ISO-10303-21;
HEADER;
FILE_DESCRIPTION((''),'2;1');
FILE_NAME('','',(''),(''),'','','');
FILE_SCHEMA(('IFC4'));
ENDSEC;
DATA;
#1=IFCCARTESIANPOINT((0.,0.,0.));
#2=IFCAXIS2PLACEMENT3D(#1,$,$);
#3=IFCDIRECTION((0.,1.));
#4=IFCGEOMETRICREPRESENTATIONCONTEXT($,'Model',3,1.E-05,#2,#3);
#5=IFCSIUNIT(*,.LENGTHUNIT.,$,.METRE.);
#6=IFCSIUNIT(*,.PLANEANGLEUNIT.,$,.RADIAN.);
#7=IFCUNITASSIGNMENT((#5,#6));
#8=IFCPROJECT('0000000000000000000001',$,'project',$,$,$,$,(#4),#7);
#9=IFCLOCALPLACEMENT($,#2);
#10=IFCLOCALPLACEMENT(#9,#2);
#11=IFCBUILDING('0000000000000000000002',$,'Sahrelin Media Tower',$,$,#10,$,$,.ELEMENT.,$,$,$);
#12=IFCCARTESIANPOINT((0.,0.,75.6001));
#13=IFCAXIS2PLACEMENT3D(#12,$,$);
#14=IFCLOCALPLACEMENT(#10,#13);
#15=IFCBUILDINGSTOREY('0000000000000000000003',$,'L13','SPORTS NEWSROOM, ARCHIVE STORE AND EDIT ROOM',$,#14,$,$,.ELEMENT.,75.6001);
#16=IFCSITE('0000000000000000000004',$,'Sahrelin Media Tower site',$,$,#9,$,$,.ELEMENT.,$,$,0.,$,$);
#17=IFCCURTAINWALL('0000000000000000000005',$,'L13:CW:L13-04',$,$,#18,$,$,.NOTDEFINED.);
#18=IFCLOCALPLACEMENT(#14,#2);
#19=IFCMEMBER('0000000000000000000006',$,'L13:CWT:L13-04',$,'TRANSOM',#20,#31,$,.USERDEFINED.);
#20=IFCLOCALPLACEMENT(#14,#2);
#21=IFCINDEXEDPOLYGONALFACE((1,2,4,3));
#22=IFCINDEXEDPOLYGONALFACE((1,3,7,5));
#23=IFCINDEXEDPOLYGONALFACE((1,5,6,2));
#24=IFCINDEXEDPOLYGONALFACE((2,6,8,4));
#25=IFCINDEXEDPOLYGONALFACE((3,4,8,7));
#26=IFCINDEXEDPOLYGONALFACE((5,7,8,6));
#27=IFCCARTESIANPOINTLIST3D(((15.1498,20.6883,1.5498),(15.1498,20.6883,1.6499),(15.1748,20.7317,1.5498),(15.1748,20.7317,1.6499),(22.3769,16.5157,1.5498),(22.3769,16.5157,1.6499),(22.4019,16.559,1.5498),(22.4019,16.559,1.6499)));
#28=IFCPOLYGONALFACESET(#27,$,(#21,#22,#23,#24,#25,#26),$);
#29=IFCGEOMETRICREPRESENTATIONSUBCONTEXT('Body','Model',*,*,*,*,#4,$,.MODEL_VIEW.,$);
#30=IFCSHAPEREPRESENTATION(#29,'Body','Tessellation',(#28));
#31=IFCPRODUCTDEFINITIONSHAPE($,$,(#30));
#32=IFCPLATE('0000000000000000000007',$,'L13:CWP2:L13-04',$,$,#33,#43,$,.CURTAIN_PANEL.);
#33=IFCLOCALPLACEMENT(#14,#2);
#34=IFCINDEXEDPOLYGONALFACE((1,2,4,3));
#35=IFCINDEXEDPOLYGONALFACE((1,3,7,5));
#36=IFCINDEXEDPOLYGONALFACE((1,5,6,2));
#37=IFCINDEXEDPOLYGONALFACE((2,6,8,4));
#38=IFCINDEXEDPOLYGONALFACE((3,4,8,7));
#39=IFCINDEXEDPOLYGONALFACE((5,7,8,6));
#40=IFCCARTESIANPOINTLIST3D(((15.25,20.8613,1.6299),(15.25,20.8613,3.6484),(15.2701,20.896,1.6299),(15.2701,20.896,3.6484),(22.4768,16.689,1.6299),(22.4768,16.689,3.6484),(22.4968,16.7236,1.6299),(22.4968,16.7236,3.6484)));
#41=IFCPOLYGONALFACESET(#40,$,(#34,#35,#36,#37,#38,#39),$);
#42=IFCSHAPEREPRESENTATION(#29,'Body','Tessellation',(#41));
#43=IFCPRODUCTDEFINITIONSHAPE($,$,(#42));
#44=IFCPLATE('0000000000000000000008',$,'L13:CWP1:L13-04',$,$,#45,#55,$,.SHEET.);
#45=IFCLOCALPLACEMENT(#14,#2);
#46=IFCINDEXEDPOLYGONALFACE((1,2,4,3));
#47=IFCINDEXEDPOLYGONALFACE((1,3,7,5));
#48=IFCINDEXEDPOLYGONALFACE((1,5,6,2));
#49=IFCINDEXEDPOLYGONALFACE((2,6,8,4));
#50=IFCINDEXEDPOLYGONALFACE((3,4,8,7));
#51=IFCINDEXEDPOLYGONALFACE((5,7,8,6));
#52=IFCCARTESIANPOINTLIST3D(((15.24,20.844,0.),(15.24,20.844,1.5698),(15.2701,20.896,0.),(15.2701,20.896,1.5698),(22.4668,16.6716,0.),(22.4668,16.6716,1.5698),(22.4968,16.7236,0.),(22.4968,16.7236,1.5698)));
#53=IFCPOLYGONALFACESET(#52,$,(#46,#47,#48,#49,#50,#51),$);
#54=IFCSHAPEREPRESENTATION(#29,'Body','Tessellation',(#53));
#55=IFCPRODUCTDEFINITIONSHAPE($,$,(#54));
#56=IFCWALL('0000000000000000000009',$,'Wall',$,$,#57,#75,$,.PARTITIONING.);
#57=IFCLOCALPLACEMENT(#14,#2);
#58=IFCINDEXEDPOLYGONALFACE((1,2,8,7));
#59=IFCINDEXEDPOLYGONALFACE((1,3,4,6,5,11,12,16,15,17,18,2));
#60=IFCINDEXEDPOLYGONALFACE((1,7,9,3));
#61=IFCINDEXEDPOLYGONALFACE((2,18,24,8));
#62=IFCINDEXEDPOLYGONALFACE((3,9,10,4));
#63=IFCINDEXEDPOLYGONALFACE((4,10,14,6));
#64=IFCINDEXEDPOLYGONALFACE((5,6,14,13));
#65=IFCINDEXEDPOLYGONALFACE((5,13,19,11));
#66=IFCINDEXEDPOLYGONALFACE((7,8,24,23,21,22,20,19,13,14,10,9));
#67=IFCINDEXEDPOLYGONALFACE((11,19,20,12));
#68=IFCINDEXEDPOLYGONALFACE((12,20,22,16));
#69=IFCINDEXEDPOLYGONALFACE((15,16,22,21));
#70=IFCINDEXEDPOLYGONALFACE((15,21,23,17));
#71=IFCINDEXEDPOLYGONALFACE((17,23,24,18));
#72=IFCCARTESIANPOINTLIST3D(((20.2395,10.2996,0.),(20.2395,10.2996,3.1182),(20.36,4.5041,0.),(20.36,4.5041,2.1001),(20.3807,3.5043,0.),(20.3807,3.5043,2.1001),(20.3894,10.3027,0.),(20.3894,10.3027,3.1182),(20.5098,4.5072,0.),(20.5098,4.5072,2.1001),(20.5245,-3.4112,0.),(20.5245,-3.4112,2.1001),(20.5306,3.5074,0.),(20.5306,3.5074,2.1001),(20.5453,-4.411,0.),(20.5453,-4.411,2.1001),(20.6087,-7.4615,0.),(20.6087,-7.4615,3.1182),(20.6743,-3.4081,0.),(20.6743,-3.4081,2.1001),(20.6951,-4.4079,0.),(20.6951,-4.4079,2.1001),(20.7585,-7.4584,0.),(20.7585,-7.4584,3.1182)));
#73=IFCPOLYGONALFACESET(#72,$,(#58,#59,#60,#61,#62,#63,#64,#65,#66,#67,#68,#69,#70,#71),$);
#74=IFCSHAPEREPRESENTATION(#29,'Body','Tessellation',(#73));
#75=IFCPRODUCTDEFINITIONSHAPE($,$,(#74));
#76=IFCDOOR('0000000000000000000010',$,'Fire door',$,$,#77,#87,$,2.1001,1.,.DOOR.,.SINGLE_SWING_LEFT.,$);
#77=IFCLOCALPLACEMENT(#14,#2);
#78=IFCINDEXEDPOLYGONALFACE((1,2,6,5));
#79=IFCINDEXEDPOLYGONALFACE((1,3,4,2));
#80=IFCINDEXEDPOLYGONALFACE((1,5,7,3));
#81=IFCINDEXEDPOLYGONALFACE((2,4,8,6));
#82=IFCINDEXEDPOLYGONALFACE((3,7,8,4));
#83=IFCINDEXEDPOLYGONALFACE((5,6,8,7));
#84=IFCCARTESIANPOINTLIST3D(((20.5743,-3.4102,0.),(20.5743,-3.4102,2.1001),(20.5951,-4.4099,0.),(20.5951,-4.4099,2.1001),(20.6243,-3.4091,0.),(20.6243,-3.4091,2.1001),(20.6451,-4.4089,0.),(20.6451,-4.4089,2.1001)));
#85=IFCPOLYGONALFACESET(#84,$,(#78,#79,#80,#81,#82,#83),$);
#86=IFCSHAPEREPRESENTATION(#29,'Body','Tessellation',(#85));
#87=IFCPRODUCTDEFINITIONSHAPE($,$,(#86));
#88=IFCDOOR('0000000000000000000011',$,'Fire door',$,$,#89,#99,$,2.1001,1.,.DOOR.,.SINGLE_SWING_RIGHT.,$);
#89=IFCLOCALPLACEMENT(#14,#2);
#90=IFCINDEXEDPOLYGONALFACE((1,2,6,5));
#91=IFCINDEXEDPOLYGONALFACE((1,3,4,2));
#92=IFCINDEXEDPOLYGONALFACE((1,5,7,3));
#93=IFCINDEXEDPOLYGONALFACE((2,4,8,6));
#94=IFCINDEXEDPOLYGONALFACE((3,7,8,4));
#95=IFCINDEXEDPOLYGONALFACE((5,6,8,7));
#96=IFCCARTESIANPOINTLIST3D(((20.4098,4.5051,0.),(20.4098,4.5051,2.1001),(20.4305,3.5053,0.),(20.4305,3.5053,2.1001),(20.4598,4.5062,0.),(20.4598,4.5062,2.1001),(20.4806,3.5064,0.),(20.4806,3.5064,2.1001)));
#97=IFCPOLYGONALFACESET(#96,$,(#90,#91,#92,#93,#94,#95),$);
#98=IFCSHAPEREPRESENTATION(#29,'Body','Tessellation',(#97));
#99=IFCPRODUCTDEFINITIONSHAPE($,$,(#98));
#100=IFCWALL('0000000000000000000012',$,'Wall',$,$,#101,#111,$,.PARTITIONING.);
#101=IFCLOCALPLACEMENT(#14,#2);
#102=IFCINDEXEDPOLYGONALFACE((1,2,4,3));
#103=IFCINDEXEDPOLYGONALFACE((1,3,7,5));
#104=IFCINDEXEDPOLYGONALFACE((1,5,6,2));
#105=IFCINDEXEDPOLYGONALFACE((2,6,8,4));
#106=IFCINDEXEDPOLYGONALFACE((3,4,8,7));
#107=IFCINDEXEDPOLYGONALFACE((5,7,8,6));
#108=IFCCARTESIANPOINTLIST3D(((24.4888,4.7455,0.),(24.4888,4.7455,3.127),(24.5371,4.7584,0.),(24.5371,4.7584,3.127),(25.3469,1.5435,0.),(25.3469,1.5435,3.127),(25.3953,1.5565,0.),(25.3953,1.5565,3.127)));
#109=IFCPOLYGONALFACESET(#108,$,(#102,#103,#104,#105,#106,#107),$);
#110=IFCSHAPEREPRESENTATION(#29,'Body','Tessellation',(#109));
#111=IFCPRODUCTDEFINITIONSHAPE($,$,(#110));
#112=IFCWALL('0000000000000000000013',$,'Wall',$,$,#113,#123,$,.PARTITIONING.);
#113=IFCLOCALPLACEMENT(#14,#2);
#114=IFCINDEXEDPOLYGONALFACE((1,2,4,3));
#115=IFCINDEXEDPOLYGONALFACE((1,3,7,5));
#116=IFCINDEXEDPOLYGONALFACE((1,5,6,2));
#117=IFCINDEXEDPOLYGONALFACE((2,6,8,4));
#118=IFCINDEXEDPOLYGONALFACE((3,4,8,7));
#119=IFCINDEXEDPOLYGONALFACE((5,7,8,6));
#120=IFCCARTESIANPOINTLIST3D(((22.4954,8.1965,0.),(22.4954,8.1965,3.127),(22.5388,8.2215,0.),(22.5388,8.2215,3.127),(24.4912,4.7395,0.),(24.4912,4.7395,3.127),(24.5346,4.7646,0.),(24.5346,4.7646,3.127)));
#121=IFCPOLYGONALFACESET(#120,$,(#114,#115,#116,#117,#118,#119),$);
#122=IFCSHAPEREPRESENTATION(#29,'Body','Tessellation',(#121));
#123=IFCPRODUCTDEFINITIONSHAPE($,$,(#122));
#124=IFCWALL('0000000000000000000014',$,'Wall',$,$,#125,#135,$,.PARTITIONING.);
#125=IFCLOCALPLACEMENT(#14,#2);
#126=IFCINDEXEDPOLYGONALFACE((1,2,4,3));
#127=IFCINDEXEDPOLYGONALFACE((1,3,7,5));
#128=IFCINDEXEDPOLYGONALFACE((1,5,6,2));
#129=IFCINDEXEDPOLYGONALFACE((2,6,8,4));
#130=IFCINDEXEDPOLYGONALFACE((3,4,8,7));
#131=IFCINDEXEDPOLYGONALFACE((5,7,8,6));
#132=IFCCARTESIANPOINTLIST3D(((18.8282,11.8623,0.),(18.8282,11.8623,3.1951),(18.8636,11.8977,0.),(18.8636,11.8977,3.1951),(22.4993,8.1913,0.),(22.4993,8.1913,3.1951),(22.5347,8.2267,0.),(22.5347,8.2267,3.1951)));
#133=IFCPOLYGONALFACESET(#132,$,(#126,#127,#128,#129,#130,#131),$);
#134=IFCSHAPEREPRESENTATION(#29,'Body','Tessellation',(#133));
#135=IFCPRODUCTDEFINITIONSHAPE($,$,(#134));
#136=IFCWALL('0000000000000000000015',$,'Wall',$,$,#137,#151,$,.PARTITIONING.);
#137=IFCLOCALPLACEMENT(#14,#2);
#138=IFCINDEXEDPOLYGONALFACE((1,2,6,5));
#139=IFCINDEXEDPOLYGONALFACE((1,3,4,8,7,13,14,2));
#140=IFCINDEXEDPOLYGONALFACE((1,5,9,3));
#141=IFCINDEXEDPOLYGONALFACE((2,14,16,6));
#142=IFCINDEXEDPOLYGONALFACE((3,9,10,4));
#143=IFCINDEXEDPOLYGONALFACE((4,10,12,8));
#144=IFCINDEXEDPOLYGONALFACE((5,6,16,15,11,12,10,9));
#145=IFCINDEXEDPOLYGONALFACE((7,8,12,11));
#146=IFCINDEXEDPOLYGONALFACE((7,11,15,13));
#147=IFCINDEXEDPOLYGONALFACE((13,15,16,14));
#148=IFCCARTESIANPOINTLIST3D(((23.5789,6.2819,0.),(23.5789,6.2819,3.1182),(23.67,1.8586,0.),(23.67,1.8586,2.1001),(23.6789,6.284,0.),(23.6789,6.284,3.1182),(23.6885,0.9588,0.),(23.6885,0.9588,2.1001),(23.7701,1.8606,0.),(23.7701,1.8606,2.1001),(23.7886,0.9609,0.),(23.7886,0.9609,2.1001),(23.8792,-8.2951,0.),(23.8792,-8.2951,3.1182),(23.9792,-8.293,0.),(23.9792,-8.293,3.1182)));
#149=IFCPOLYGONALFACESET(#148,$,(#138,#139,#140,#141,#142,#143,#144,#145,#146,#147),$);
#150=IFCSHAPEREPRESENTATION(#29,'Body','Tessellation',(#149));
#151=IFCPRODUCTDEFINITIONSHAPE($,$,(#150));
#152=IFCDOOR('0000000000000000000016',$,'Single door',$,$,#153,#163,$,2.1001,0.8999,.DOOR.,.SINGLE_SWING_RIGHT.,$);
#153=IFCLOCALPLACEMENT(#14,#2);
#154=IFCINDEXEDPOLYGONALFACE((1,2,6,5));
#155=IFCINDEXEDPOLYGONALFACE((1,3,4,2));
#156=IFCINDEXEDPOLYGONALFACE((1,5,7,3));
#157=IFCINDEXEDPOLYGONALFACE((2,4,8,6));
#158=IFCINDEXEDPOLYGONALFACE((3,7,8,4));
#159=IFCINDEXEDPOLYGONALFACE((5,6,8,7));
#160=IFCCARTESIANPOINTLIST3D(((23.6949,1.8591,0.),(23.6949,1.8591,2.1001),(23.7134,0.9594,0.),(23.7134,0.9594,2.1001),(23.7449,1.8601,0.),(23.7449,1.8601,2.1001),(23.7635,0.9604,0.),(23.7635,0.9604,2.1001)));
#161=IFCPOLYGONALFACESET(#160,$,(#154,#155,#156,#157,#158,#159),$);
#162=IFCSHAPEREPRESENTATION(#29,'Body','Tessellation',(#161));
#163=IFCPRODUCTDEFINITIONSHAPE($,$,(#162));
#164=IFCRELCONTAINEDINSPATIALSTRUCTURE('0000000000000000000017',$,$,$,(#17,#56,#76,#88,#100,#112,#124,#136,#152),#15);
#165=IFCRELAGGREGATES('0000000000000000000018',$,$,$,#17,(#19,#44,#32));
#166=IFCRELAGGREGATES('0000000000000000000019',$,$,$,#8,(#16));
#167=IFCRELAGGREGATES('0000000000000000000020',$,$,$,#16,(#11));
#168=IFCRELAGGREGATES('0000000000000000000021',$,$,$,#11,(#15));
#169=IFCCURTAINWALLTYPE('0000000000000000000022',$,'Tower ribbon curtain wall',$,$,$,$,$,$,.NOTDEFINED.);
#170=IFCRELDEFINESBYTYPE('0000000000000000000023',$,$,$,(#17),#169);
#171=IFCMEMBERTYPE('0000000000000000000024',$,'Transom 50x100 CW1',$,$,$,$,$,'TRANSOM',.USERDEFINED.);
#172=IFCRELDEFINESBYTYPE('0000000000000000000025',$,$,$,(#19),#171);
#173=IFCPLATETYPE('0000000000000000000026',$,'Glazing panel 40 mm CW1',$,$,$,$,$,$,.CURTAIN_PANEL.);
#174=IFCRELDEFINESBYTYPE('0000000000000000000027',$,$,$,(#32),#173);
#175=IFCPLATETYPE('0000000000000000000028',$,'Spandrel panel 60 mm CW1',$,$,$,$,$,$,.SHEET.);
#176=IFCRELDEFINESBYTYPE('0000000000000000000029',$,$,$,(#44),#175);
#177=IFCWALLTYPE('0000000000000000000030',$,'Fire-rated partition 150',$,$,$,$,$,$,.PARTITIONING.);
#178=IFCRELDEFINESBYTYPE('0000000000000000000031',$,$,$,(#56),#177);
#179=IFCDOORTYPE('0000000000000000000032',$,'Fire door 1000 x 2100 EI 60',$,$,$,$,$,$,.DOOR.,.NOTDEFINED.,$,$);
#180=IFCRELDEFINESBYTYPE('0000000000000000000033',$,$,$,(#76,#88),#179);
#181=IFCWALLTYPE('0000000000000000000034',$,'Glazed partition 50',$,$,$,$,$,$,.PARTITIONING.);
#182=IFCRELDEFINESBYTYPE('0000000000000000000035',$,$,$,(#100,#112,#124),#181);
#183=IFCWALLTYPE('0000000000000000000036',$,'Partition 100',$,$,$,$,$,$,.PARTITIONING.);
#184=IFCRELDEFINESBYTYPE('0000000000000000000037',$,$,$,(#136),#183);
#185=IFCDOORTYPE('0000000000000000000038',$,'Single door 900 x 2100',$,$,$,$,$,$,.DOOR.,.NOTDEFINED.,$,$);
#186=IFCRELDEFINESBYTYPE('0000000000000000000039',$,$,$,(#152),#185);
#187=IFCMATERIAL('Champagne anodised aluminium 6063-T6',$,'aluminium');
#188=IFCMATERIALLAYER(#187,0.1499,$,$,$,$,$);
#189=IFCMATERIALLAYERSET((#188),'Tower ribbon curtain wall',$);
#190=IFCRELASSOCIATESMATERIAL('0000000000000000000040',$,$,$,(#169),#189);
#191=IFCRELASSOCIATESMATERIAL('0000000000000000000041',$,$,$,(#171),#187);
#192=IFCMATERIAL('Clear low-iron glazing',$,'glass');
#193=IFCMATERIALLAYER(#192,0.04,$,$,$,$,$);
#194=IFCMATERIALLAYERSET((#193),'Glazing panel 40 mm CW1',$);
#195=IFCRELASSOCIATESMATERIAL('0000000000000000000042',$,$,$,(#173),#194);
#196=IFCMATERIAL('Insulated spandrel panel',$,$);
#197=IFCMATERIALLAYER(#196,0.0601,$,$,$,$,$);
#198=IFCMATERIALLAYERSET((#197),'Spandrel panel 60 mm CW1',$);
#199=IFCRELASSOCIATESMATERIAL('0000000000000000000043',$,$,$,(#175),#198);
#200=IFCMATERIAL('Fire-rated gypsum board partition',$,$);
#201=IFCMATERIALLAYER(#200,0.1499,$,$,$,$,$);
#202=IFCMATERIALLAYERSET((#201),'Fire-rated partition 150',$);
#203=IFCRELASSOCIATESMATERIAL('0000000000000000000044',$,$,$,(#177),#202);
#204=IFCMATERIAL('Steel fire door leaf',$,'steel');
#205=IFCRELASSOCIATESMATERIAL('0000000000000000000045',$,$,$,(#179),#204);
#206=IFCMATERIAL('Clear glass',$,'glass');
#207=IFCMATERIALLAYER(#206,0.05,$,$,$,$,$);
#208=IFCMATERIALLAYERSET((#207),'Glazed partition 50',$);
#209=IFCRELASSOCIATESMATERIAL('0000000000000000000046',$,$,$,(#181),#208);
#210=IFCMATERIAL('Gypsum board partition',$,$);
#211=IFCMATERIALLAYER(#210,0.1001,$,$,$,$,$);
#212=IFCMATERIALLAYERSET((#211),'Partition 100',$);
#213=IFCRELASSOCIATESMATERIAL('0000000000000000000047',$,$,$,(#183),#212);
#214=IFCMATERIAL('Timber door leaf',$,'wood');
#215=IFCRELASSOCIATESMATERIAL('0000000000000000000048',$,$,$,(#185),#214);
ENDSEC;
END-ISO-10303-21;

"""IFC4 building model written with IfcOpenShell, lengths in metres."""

from ifc_helpers import new_model, si_unit, direction, frame, frame_2d, origin, origin_2d, place, context, subcontext, project, spatial, polyline, rectangle, outline, extrude, material, layer, layer_set, material_profile, profile_set, type_object, element, fill, aggregate, save


model = new_model("IFC4")

# Units and contexts
model_context = context("Model", 3, precision=1e-05, world=origin(), true_north=direction((0.0, 1.0)))
body_context = subcontext(model_context, "Body", "Model", "MODEL_VIEW")
ifc_project = project(units=[si_unit("LENGTHUNIT", "METRE"), si_unit("PLANEANGLEUNIT", "RADIAN")], contexts=[model_context])

# Site, building, storey
site_placement = place(None, origin())
site = spatial("IfcSite", under=ifc_project, at=site_placement, Name="Sahrelin Media Tower site", CompositionType="ELEMENT", RefElevation=0.0)
building_placement = place(site_placement, origin())
building = spatial("IfcBuilding", under=site, at=building_placement, Name="Sahrelin Media Tower", CompositionType="ELEMENT")
storey_placement = place(building_placement, frame((0.0, 0.0, 75.6001)))
storey = spatial("IfcBuildingStorey", under=building, at=storey_placement, Name="L13", Description="SPORTS NEWSROOM, ARCHIVE STORE AND EDIT ROOM", CompositionType="ELEMENT", Elevation=75.6001)

# Curtain wall, member, plates
ifc_material_1 = material(Name="Champagne anodised aluminium 6063-T6", Category="aluminium")
ifc_layer_1 = layer(ifc_material_1, 0.1499)
ifc_layer_set_1 = layer_set([ifc_layer_1], Name="Tower ribbon curtain wall")
curtain_wall_type = type_object("IfcCurtainWallType", Name="Tower ribbon curtain wall", PredefinedType="NOTDEFINED", material=ifc_layer_set_1)
curtain_wall_placement = place(storey_placement, frame((18.8733, 18.7925, 0.0), z_axis=(0.0, 0.0, 1.0), x_axis=(1.0, 0.0, 0.0)))
curtain_wall = element("IfcCurtainWall", 1, at=curtain_wall_placement, inside=storey, type_object=curtain_wall_type, Name="L13:CW:L13-04", PredefinedType="NOTDEFINED")
ifc_material_profile_1 = material_profile(ifc_material_1, rectangle(XDim=0.05, YDim=0.1001, at=origin_2d()), Name="Transom 50x100")
ifc_profile_set_1 = profile_set([ifc_material_profile_1], Name="Champagne anodised aluminium 6063-T6")
member_type = type_object("IfcMemberType", Name="Transom 50x100 CW1", ElementType="TRANSOM", PredefinedType="USERDEFINED", material=ifc_profile_set_1)
member_placement = place(storey_placement, frame((22.3894, 16.5374, 1.5999), z_axis=(-0.866022, 0.500006, 0.0), x_axis=(-0.500006, -0.866022, 0.0)))
member = element("IfcMember", 2, at=member_placement, type_object=member_type, Name="L13:CWT:L13-04", ObjectType="TRANSOM", PredefinedType="USERDEFINED", context=body_context, shape_type="SweptSolid", body=[
    extrude(rectangle(XDim=0.05, YDim=0.1001, at=origin_2d()), origin(), (0.0, 0.0, 1.0), 8.3452),
])
ifc_material_2 = material(Name="Clear low-iron glazing", Category="glass")
ifc_layer_2 = layer(ifc_material_2, 0.04)
ifc_layer_set_2 = layer_set([ifc_layer_2], Name="Glazing panel 40 mm CW1")
plate_type_1 = type_object("IfcPlateType", Name="Glazing panel 40 mm CW1", PredefinedType="CURTAIN_PANEL", material=ifc_layer_set_2)
plate_1_placement = place(storey_placement, frame((22.4968, 16.7236, 1.6299), z_axis=(0.499997, 0.866027, 0.0), x_axis=(-0.866027, 0.499997, 0.0)))
plate_1 = element("IfcPlate", 3, at=plate_1_placement, type_object=plate_type_1, Name="L13:CWP2:L13-04", PredefinedType="CURTAIN_PANEL", context=body_context, shape_type="SweptSolid", body=[
    extrude(outline(polyline([(0.0, 0.0), (8.3447, 0.0), (8.3447, 2.0186), (0.0, 2.0186), (0.0, 0.0)])), origin(), (0.0, 0.0, -1.0), 0.04),
])
ifc_material_3 = material(Name="Insulated spandrel panel")
ifc_layer_3 = layer(ifc_material_3, 0.0601)
ifc_layer_set_3 = layer_set([ifc_layer_3], Name="Spandrel panel 60 mm CW1")
plate_type_2 = type_object("IfcPlateType", Name="Spandrel panel 60 mm CW1", PredefinedType="SHEET", material=ifc_layer_set_3)
plate_2_placement = place(storey_placement, frame((22.4968, 16.7236, 0.0), z_axis=(0.499997, 0.866027, 0.0), x_axis=(-0.866027, 0.499997, 0.0)))
plate_2 = element("IfcPlate", 4, at=plate_2_placement, type_object=plate_type_2, Name="L13:CWP1:L13-04", PredefinedType="SHEET", context=body_context, shape_type="SweptSolid", body=[
    extrude(outline(polyline([(0.0, 0.0), (8.3447, 0.0), (8.3447, 1.5698), (0.0, 1.5698), (0.0, 0.0)])), origin(), (0.0, 0.0, -1.0), 0.0601),
])
aggregate(curtain_wall, [member, plate_2, plate_1])

# Wall, openings, doors
ifc_material_4 = material(Name="Fire-rated gypsum board partition")
ifc_layer_4 = layer(ifc_material_4, 0.1499)
ifc_layer_set_4 = layer_set([ifc_layer_4], Name="Fire-rated partition 150")
wall_type_1 = type_object("IfcWallType", Name="Fire-rated partition 150", PredefinedType="PARTITIONING", material=ifc_layer_set_4)
wall_1_placement = place(storey_placement, frame((20.3145, 10.301, 0.0), z_axis=(0.0, 0.0, 1.0), x_axis=(0.020779, -0.999784, 0.0)))
wall_1 = element("IfcWall", 5, at=wall_1_placement, inside=storey, type_object=wall_type_1, Name="Wall", PredefinedType="PARTITIONING", context=body_context, shape_type="SweptSolid", body=[
    extrude(rectangle(XDim=17.7649, YDim=0.1499, at=frame_2d((8.8823, 0.0))), origin(), (0.0, 0.0, 1.0), 3.1182),
])
opening_1_placement = place(wall_1_placement, frame((13.7136, 0.0, 0.0)))
opening_1 = element("IfcOpeningElement", 6, at=opening_1_placement, cuts=wall_1, PredefinedType="OPENING", context=body_context, shape_type="SweptSolid", body=[
    extrude(rectangle(XDim=1.0, YDim=2.1001, at=frame_2d((0.5, 1.05))), frame((0.0, 0.075, 0.0), z_axis=(0.0, -1.0, 0.0), x_axis=(1.0, 0.0, 0.0)), (0.0, 0.0, 1.0), 0.1499),
])
opening_2_placement = place(wall_1_placement, frame((5.7966, 0.0, 0.0)))
opening_2 = element("IfcOpeningElement", 7, at=opening_2_placement, cuts=wall_1, PredefinedType="OPENING", context=body_context, shape_type="SweptSolid", body=[
    extrude(rectangle(XDim=1.0, YDim=2.1001, at=frame_2d((0.5, 1.05))), frame((0.0, 0.075, 0.0), z_axis=(0.0, -1.0, 0.0), x_axis=(1.0, 0.0, 0.0)), (0.0, 0.0, 1.0), 0.1499),
])
ifc_material_5 = material(Name="Steel fire door leaf", Category="steel")
door_type_1 = type_object("IfcDoorType", Name="Fire door 1000 x 2100 EI 60", OperationType="NOTDEFINED", PredefinedType="DOOR", material=ifc_material_5)
door_1_placement = place(opening_1_placement, origin())
door_1 = element("IfcDoor", 8, at=door_1_placement, inside=storey, type_object=door_type_1, Name="Fire door", OperationType="SINGLE_SWING_LEFT", OverallHeight=2.1001, OverallWidth=1.0, PredefinedType="DOOR", context=body_context, shape_type="SweptSolid", body=[
    extrude(rectangle(XDim=1.0, YDim=2.1001, at=frame_2d((0.5, 1.05))), frame((0.0, 0.0249, 0.0), z_axis=(0.0, -1.0, 0.0), x_axis=(1.0, 0.0, 0.0)), (0.0, 0.0, 1.0), 0.05),
])
fill(opening_1, door_1)
door_2_placement = place(opening_2_placement, origin())
door_2 = element("IfcDoor", 9, at=door_2_placement, inside=storey, type_object=door_type_1, Name="Fire door", OperationType="SINGLE_SWING_RIGHT", OverallHeight=2.1001, OverallWidth=1.0, PredefinedType="DOOR", context=body_context, shape_type="SweptSolid", body=[
    extrude(rectangle(XDim=1.0, YDim=2.1001, at=frame_2d((0.5, 1.05))), frame((0.0, 0.0249, 0.0), z_axis=(0.0, -1.0, 0.0), x_axis=(1.0, 0.0, 0.0)), (0.0, 0.0, 1.0), 0.05),
])
fill(opening_2, door_2)

# Walls
ifc_material_6 = material(Name="Clear glass", Category="glass")
ifc_layer_5 = layer(ifc_material_6, 0.05)
ifc_layer_set_5 = layer_set([ifc_layer_5], Name="Glazed partition 50")
wall_type_2 = type_object("IfcWallType", Name="Glazed partition 50", PredefinedType="PARTITIONING", material=ifc_layer_set_5)
wall_2_placement = place(storey_placement, frame((24.5129, 4.752, 0.0), z_axis=(0.0, 0.0, 1.0), x_axis=(0.258877, -0.96591, 0.0)))
element("IfcWall", 10, at=wall_2_placement, inside=storey, type_object=wall_type_2, Name="Wall", PredefinedType="PARTITIONING", context=body_context, shape_type="SweptSolid", body=[
    extrude(rectangle(XDim=3.3149, YDim=0.05, at=frame_2d((1.6575, 0.0))), origin(), (0.0, 0.0, 1.0), 3.127),
])
wall_3_placement = place(storey_placement, frame((22.5171, 8.209, 0.0), z_axis=(0.0, 0.0, 1.0), x_axis=(0.499987, -0.866033, 0.0)))
element("IfcWall", 11, at=wall_3_placement, inside=storey, type_object=wall_type_2, Name="Wall", PredefinedType="PARTITIONING", context=body_context, shape_type="SweptSolid", body=[
    extrude(rectangle(XDim=3.9917, YDim=0.05, at=frame_2d((1.9958, 0.0))), origin(), (0.0, 0.0, 1.0), 3.127),
])
wall_4_placement = place(storey_placement, frame((18.8459, 11.8799, 0.0), z_axis=(0.0, 0.0, 1.0), x_axis=(0.70713, -0.707083, 0.0)))
element("IfcWall", 12, at=wall_4_placement, inside=storey, type_object=wall_type_2, Name="Wall", PredefinedType="PARTITIONING", context=body_context, shape_type="SweptSolid", body=[
    extrude(rectangle(XDim=5.1917, YDim=0.05, at=frame_2d((2.5957, 0.0))), origin(), (0.0, 0.0, 1.0), 3.1951),
])

# Wall, opening, door
ifc_material_7 = material(Name="Gypsum board partition")
ifc_layer_6 = layer(ifc_material_7, 0.1001)
ifc_layer_set_6 = layer_set([ifc_layer_6], Name="Partition 100")
wall_type_3 = type_object("IfcWallType", Name="Partition 100", PredefinedType="PARTITIONING", material=ifc_layer_set_6)
wall_5_placement = place(storey_placement, frame((23.6289, 6.283, 0.0), z_axis=(0.0, 0.0, 1.0), x_axis=(0.020596, -0.999788, 0.0)))
wall_5 = element("IfcWall", 13, at=wall_5_placement, inside=storey, type_object=wall_type_3, Name="Wall", PredefinedType="PARTITIONING", context=body_context, shape_type="SweptSolid", body=[
    extrude(rectangle(XDim=14.5801, YDim=0.1001, at=frame_2d((7.29, 0.0))), origin(), (0.0, 0.0, 1.0), 3.1182),
])
opening_3_placement = place(wall_5_placement, frame((4.4243, 0.0, 0.0)))
opening_3 = element("IfcOpeningElement", 14, at=opening_3_placement, cuts=wall_5, PredefinedType="OPENING", context=body_context, shape_type="SweptSolid", body=[
    extrude(rectangle(XDim=0.8999, YDim=2.1001, at=frame_2d((0.45, 1.05))), frame((0.0, 0.05, 0.0), z_axis=(0.0, -1.0, 0.0), x_axis=(1.0, 0.0, 0.0)), (0.0, 0.0, 1.0), 0.1001),
])
ifc_material_8 = material(Name="Timber door leaf", Category="wood")
door_type_2 = type_object("IfcDoorType", Name="Single door 900 x 2100", OperationType="NOTDEFINED", PredefinedType="DOOR", material=ifc_material_8)
door_3_placement = place(opening_3_placement, origin())
door_3 = element("IfcDoor", 15, at=door_3_placement, inside=storey, type_object=door_type_2, Name="Single door", OperationType="SINGLE_SWING_RIGHT", OverallHeight=2.1001, OverallWidth=0.8999, PredefinedType="DOOR", context=body_context, shape_type="SweptSolid", body=[
    extrude(rectangle(XDim=0.8999, YDim=2.1001, at=frame_2d((0.45, 1.05))), frame((0.0, 0.0249, 0.0), z_axis=(0.0, -1.0, 0.0), x_axis=(1.0, 0.0, 0.0)), (0.0, 0.0, 1.0), 0.05),
])
fill(opening_3, door_3)

save(model, "model.ifc")
